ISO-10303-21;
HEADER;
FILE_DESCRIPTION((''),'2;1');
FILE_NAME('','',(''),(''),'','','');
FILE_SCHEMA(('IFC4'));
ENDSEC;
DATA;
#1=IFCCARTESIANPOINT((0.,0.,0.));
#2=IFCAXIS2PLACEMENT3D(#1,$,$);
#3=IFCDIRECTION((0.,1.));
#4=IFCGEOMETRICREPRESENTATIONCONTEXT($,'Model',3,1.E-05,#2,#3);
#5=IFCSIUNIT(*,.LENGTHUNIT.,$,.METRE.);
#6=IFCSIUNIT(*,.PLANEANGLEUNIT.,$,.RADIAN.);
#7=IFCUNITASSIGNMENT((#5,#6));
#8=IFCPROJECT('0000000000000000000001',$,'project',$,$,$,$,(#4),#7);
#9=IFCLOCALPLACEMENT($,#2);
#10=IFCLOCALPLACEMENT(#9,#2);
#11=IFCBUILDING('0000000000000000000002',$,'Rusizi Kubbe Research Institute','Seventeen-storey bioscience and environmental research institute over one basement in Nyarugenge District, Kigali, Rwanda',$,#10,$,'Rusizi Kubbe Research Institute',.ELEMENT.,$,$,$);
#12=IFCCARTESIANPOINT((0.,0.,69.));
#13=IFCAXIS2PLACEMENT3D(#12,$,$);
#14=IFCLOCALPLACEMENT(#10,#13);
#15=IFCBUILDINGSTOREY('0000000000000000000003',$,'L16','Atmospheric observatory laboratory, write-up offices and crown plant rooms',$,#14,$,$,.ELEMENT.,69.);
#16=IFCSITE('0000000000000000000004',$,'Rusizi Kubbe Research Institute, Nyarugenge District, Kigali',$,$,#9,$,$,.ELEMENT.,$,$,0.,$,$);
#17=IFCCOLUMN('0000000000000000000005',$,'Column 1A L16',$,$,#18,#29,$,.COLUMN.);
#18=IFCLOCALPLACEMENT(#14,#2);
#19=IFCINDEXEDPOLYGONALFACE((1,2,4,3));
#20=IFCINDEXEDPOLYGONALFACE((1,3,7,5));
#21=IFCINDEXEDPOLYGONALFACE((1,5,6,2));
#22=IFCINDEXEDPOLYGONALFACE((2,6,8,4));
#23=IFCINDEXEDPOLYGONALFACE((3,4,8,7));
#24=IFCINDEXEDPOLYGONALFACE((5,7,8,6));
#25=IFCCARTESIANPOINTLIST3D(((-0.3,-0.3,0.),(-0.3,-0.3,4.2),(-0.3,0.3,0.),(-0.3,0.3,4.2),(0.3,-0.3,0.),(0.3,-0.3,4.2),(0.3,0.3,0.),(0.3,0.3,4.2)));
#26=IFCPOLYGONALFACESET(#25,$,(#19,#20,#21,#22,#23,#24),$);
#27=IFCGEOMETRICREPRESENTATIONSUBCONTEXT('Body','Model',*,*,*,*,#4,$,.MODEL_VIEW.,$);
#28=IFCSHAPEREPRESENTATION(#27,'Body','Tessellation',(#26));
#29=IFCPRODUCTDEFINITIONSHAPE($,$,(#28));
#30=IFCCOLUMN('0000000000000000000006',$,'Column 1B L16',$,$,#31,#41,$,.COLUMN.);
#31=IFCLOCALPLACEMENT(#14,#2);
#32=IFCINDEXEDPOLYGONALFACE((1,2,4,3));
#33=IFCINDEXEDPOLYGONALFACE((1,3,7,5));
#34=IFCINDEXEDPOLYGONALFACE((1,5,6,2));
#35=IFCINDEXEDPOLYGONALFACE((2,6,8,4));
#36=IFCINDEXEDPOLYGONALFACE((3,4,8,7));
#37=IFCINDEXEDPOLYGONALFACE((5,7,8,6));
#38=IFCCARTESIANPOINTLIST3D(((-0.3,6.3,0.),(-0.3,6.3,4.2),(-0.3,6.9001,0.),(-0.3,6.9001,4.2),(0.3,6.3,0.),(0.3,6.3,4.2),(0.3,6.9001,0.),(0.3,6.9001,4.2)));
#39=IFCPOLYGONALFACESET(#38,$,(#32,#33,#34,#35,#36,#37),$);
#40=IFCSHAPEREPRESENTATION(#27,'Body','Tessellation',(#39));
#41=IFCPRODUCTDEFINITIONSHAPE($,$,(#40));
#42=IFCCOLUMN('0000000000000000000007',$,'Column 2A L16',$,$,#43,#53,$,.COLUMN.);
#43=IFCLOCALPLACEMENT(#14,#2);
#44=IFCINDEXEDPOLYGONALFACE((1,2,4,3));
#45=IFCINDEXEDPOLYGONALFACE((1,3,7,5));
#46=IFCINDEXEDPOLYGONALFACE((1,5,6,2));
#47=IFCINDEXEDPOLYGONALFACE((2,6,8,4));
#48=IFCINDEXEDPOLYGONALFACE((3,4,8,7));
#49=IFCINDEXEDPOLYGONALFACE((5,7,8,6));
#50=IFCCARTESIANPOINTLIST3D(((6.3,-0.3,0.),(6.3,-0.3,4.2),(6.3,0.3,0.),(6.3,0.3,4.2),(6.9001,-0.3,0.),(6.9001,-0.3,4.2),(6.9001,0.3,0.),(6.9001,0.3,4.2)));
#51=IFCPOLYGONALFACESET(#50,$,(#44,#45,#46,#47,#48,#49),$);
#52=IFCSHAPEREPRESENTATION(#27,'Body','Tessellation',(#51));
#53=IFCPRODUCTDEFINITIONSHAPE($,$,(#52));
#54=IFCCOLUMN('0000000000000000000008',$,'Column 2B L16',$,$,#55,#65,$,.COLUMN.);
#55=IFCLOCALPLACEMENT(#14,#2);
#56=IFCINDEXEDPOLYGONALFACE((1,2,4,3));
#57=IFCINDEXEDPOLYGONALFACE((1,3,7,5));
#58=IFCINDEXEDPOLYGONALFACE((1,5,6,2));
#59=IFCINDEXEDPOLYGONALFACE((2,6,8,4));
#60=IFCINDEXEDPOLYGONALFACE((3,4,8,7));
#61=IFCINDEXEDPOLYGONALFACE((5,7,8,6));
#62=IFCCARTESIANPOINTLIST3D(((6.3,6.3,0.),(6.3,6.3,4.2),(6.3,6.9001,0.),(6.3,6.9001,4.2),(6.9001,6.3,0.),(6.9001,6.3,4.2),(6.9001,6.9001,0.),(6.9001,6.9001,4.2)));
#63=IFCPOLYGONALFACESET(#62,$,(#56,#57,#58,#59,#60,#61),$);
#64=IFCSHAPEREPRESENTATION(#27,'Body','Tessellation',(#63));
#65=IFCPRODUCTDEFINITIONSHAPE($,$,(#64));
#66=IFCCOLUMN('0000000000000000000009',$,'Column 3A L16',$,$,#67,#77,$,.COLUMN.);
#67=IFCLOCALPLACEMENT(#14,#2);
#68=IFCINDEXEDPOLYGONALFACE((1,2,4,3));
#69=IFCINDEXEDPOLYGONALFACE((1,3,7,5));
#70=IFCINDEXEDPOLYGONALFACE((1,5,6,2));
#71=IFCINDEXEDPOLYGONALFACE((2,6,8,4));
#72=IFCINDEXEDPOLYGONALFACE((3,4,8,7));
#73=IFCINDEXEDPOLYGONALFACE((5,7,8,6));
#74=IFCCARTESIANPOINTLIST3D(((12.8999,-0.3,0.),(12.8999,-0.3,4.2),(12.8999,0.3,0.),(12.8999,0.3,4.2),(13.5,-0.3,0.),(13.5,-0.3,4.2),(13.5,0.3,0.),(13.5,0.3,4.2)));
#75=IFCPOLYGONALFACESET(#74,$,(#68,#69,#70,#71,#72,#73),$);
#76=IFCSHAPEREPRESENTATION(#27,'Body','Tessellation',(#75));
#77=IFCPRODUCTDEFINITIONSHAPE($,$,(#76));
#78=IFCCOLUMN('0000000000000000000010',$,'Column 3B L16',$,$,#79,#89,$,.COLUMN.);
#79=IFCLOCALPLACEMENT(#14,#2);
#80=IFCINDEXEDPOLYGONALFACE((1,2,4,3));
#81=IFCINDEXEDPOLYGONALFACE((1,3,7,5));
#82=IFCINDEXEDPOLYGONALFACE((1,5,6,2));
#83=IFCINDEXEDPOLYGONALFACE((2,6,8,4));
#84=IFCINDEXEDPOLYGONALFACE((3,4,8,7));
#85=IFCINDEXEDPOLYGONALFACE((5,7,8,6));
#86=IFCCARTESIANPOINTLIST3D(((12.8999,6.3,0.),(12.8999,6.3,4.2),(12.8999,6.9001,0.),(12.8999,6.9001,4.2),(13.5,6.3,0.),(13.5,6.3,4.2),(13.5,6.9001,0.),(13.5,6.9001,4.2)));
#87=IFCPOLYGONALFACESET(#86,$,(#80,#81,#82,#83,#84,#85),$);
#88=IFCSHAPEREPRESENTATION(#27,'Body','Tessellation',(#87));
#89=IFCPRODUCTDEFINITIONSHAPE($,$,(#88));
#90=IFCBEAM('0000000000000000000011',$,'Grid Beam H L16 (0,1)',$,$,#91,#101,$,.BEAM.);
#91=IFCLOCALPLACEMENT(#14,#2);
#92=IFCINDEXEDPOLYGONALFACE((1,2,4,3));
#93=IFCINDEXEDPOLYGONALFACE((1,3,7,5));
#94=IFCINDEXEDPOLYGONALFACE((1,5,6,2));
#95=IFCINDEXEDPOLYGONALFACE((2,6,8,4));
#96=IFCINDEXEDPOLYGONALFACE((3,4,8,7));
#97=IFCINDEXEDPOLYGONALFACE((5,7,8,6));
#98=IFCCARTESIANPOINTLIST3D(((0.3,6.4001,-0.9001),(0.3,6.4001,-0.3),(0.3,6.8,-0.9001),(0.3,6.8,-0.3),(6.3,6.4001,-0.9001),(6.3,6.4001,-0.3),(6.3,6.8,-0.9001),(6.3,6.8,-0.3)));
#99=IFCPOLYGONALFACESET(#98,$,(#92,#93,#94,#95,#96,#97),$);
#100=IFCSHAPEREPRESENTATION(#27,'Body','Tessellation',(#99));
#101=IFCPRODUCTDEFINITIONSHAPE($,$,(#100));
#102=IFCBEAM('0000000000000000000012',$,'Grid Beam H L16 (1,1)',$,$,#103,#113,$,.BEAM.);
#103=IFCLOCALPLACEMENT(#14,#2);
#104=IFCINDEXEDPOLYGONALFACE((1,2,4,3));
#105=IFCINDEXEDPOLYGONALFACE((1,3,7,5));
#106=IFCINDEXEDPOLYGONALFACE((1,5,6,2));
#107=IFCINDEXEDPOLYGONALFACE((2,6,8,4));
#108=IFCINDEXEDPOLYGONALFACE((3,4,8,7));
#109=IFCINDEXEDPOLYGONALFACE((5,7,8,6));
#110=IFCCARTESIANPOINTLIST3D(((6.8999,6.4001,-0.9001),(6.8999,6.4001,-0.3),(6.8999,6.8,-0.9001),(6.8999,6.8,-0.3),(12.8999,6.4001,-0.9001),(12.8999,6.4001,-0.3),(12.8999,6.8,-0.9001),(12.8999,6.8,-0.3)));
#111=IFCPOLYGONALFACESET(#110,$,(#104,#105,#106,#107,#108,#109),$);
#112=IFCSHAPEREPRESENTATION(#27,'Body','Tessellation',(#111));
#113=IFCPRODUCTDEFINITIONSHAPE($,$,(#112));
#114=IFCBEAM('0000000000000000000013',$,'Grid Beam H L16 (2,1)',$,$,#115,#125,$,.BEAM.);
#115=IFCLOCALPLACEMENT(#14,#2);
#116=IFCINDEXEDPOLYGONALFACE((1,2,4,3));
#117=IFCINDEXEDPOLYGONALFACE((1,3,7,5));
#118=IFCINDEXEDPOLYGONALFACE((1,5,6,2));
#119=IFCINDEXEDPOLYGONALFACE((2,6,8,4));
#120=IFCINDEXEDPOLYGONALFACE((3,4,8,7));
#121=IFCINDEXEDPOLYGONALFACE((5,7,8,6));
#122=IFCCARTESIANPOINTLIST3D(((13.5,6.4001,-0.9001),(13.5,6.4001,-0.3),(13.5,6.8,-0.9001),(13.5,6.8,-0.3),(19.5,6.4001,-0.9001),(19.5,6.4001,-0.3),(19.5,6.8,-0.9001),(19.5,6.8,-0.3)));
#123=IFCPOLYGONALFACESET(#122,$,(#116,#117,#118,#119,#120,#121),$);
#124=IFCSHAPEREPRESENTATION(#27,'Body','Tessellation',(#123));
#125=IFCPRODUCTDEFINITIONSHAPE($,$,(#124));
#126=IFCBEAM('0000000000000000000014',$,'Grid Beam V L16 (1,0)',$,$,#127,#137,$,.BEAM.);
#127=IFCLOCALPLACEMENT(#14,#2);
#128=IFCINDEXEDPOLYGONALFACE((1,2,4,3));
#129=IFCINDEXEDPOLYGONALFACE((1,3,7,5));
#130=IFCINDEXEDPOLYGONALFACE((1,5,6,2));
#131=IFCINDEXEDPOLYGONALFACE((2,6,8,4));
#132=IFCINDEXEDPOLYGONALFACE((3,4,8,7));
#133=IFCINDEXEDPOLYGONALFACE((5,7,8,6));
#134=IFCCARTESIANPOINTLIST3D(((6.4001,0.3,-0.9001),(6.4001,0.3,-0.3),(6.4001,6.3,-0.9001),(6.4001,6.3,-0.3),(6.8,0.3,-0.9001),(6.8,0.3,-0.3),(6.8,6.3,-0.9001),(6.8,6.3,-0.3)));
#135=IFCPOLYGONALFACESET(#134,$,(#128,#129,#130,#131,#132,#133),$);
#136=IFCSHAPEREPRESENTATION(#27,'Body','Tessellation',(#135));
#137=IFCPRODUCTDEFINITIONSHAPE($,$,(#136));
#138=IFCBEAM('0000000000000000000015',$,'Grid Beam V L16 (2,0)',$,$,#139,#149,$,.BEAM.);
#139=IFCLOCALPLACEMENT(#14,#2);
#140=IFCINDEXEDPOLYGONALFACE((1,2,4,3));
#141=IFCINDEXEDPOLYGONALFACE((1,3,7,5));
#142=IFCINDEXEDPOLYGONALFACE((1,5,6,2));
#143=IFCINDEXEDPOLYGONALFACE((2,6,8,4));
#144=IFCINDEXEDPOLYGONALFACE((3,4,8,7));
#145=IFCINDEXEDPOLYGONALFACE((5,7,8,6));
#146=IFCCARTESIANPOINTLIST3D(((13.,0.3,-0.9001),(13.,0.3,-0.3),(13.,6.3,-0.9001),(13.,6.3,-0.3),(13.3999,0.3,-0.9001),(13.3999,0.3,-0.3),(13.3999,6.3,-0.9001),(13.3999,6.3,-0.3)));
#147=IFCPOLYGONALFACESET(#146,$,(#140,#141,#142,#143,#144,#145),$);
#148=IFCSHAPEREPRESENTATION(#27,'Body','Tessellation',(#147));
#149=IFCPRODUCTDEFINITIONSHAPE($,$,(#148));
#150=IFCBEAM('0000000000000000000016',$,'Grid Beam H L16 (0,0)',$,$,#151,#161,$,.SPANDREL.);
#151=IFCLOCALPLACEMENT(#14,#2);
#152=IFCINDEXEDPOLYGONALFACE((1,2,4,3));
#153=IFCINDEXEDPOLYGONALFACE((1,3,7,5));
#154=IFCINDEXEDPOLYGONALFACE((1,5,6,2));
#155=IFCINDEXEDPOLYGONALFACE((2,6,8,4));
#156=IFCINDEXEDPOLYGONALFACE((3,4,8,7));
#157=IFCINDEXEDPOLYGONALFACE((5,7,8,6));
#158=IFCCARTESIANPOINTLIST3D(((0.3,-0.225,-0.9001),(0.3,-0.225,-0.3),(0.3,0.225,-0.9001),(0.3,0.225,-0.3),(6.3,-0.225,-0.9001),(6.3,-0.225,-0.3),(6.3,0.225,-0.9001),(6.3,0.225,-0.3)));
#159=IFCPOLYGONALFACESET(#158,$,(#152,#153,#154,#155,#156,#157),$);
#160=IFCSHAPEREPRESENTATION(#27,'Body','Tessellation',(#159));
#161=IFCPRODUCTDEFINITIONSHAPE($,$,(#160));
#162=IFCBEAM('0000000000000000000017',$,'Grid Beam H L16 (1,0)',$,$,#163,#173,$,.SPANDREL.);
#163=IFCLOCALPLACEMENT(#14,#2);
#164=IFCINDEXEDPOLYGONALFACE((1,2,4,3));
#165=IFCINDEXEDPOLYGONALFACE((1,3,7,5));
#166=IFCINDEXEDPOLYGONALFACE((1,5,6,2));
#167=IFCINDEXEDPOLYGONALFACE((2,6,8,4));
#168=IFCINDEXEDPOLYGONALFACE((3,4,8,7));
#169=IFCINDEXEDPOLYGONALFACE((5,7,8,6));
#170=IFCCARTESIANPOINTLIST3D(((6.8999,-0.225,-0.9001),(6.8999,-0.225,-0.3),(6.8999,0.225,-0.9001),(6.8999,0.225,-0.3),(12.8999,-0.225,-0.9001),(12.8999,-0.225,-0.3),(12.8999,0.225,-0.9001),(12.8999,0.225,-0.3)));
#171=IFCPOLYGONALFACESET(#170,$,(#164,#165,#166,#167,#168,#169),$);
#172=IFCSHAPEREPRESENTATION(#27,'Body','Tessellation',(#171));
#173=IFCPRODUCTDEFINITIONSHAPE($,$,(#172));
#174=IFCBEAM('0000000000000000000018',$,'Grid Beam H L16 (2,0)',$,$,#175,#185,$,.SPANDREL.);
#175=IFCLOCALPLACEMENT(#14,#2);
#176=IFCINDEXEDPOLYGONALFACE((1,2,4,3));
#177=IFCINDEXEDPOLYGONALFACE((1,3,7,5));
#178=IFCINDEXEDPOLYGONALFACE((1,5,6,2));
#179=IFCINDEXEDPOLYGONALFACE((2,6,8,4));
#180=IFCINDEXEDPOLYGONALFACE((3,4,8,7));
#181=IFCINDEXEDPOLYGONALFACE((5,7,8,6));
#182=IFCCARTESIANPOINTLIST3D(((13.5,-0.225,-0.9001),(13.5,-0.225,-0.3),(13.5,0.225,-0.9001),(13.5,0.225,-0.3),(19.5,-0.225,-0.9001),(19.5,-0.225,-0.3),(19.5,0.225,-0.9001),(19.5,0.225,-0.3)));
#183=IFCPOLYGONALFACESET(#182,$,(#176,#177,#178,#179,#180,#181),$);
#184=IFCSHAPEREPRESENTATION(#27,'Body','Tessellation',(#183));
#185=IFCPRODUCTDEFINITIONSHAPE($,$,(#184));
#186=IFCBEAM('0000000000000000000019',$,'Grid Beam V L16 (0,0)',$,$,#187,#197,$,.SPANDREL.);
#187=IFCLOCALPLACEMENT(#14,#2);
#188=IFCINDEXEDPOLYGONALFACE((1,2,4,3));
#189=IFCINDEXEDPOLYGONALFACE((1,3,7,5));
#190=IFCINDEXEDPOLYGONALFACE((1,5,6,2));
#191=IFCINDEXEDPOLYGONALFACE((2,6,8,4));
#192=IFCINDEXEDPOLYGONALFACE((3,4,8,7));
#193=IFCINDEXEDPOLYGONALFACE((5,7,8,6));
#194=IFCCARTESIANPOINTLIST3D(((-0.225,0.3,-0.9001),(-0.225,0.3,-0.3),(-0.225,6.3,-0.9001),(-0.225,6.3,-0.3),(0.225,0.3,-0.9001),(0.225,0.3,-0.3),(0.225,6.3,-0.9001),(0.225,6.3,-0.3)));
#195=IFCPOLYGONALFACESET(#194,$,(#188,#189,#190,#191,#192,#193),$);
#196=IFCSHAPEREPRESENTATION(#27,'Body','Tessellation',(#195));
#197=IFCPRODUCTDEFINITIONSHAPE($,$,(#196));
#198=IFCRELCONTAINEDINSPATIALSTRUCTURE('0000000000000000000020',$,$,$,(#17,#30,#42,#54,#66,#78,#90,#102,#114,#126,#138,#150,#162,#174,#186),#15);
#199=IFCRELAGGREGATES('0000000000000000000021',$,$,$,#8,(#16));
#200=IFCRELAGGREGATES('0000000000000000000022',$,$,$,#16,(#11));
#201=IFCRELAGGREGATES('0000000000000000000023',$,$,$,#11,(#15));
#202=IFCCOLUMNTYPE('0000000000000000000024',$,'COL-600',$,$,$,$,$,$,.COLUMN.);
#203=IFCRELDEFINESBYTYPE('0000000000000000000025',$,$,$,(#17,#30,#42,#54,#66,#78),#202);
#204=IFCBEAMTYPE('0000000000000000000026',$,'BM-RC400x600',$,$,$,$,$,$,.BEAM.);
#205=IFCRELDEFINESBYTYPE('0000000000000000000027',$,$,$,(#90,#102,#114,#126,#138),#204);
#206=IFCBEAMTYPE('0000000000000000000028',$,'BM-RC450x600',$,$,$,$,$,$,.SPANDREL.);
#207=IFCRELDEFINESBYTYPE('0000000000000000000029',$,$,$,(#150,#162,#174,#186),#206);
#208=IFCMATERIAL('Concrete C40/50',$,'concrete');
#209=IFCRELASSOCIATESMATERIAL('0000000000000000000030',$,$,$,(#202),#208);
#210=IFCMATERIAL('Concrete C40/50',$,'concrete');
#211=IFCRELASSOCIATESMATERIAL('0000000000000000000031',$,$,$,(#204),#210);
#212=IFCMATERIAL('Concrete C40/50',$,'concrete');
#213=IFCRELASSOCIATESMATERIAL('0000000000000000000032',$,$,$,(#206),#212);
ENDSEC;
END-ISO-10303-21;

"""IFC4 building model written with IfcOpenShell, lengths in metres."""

from ifc_helpers import new_model, si_unit, direction, frame, origin, origin_2d, place, context, subcontext, project, spatial, rectangle, extrude, material, material_profile, profile_set, type_object, element, save


model = new_model("IFC4")

# Units and contexts
model_context = context("Model", 3, precision=1e-05, world=origin(), true_north=direction((0.0, 1.0)))
body_context = subcontext(model_context, "Body", "Model", "MODEL_VIEW")
ifc_project = project(units=[si_unit("LENGTHUNIT", "METRE"), si_unit("PLANEANGLEUNIT", "RADIAN")], contexts=[model_context])

# Site, building, storey
site_placement = place(None, origin())
site = spatial("IfcSite", under=ifc_project, at=site_placement, Name="Rusizi Kubbe Research Institute, Nyarugenge District, Kigali", CompositionType="ELEMENT", RefElevation=0.0)
building_placement = place(site_placement, origin())
building = spatial("IfcBuilding", under=site, at=building_placement, Name="Rusizi Kubbe Research Institute", Description="Seventeen-storey bioscience and environmental research institute over one basement in Nyarugenge District, Kigali, Rwanda", LongName="Rusizi Kubbe Research Institute", CompositionType="ELEMENT")
storey_placement = place(building_placement, frame((0.0, 0.0, 69.0)))
storey = spatial("IfcBuildingStorey", under=building, at=storey_placement, Name="L16", Description="Atmospheric observatory laboratory, write-up offices and crown plant rooms", CompositionType="ELEMENT", Elevation=69.0)

# Columns
ifc_material_1 = material(Name="Concrete C40/50", Category="concrete")
ifc_material_profile_1 = material_profile(ifc_material_1, rectangle(XDim=0.6001, YDim=0.6001, at=origin_2d()), Name="RC600x600")
ifc_profile_set_1 = profile_set([ifc_material_profile_1], Name="Concrete C40/50")
column_type = type_object("IfcColumnType", Name="COL-600", PredefinedType="COLUMN", material=ifc_profile_set_1)
for number, where, z_axis, x_axis, name in (
    (1, (0.0, 0.0, 0.0), (0.0, 0.0, 1.0), (1.0, 0.0, 0.0), "Column 1A L16"),
    (2, (0.0, 6.6001, 0.0), (0.0, 0.0, 1.0), (1.0, 0.0, 0.0), "Column 1B L16"),
    (3, (6.6001, 0.0, 0.0), (0.0, 0.0, 1.0), (1.0, 0.0, 0.0), "Column 2A L16"),
    (4, (6.6001, 6.6001, 0.0), (0.0, 0.0, 1.0), (1.0, 0.0, 0.0), "Column 2B L16"),
    (5, (13.2, 0.0, 0.0), (0.0, 0.0, 1.0), (1.0, 0.0, 0.0), "Column 3A L16"),
    (6, (13.2, 6.6001, 0.0), (0.0, 0.0, 1.0), (1.0, 0.0, 0.0), "Column 3B L16"),
):
    element("IfcColumn", number, at=place(storey_placement, frame(where, z_axis=z_axis, x_axis=x_axis)), inside=storey, type_object=column_type, Name=name, PredefinedType="COLUMN", context=body_context, shape_type="SweptSolid", body=[
        extrude(rectangle(XDim=0.6001, YDim=0.6001, at=origin_2d()), origin(), (0.0, 0.0, 1.0), 4.2),
    ])

# Beams
ifc_material_2 = material(Name="Concrete C40/50", Category="concrete")
ifc_material_profile_2 = material_profile(ifc_material_2, rectangle(XDim=0.3999, YDim=0.6001, at=origin_2d()), Name="RC400x600")
ifc_profile_set_2 = profile_set([ifc_material_profile_2], Name="Concrete C40/50")
beam_type_1 = type_object("IfcBeamType", Name="BM-RC400x600", PredefinedType="BEAM", material=ifc_profile_set_2)
for number, where, z_axis, x_axis, name in (
    (7, (0.3, 6.6001, -0.6001), (1.0, 0.0, 0.0), (0.0, 1.0, 0.0), "Grid Beam H L16 (0,1)"),
    (8, (6.8999, 6.6001, -0.6001), (1.0, 0.0, 0.0), (0.0, 1.0, 0.0), "Grid Beam H L16 (1,1)"),
    (9, (13.5, 6.6001, -0.6001), (1.0, 0.0, 0.0), (0.0, 1.0, 0.0), "Grid Beam H L16 (2,1)"),
    (10, (6.6001, 0.3, -0.6001), (0.0, 1.0, 0.0), (-1.0, 0.0, 0.0), "Grid Beam V L16 (1,0)"),
    (11, (13.2, 0.3, -0.6001), (0.0, 1.0, 0.0), (-1.0, 0.0, 0.0), "Grid Beam V L16 (2,0)"),
):
    element("IfcBeam", number, at=place(storey_placement, frame(where, z_axis=z_axis, x_axis=x_axis)), inside=storey, type_object=beam_type_1, Name=name, PredefinedType="BEAM", context=body_context, shape_type="SweptSolid", body=[
        extrude(rectangle(XDim=0.3999, YDim=0.6001, at=origin_2d()), origin(), (0.0, 0.0, 1.0), 6.0),
    ])
ifc_material_3 = material(Name="Concrete C40/50", Category="concrete")
ifc_material_profile_3 = material_profile(ifc_material_3, rectangle(XDim=0.45, YDim=0.6001, at=origin_2d()), Name="RC450x600")
ifc_profile_set_3 = profile_set([ifc_material_profile_3], Name="Concrete C40/50")
beam_type_2 = type_object("IfcBeamType", Name="BM-RC450x600", PredefinedType="SPANDREL", material=ifc_profile_set_3)
for number, where, z_axis, x_axis, name in (
    (12, (0.3, 0.0, -0.6001), (1.0, 0.0, 0.0), (0.0, 1.0, 0.0), "Grid Beam H L16 (0,0)"),
    (13, (6.8999, 0.0, -0.6001), (1.0, 0.0, 0.0), (0.0, 1.0, 0.0), "Grid Beam H L16 (1,0)"),
    (14, (13.5, 0.0, -0.6001), (1.0, 0.0, 0.0), (0.0, 1.0, 0.0), "Grid Beam H L16 (2,0)"),
    (15, (0.0, 0.3, -0.6001), (0.0, 1.0, 0.0), (-1.0, 0.0, 0.0), "Grid Beam V L16 (0,0)"),
):
    element("IfcBeam", number, at=place(storey_placement, frame(where, z_axis=z_axis, x_axis=x_axis)), inside=storey, type_object=beam_type_2, Name=name, PredefinedType="SPANDREL", context=body_context, shape_type="SweptSolid", body=[
        extrude(rectangle(XDim=0.45, YDim=0.6001, at=origin_2d()), origin(), (0.0, 0.0, 1.0), 6.0),
    ])

save(model, "model.ifc")
